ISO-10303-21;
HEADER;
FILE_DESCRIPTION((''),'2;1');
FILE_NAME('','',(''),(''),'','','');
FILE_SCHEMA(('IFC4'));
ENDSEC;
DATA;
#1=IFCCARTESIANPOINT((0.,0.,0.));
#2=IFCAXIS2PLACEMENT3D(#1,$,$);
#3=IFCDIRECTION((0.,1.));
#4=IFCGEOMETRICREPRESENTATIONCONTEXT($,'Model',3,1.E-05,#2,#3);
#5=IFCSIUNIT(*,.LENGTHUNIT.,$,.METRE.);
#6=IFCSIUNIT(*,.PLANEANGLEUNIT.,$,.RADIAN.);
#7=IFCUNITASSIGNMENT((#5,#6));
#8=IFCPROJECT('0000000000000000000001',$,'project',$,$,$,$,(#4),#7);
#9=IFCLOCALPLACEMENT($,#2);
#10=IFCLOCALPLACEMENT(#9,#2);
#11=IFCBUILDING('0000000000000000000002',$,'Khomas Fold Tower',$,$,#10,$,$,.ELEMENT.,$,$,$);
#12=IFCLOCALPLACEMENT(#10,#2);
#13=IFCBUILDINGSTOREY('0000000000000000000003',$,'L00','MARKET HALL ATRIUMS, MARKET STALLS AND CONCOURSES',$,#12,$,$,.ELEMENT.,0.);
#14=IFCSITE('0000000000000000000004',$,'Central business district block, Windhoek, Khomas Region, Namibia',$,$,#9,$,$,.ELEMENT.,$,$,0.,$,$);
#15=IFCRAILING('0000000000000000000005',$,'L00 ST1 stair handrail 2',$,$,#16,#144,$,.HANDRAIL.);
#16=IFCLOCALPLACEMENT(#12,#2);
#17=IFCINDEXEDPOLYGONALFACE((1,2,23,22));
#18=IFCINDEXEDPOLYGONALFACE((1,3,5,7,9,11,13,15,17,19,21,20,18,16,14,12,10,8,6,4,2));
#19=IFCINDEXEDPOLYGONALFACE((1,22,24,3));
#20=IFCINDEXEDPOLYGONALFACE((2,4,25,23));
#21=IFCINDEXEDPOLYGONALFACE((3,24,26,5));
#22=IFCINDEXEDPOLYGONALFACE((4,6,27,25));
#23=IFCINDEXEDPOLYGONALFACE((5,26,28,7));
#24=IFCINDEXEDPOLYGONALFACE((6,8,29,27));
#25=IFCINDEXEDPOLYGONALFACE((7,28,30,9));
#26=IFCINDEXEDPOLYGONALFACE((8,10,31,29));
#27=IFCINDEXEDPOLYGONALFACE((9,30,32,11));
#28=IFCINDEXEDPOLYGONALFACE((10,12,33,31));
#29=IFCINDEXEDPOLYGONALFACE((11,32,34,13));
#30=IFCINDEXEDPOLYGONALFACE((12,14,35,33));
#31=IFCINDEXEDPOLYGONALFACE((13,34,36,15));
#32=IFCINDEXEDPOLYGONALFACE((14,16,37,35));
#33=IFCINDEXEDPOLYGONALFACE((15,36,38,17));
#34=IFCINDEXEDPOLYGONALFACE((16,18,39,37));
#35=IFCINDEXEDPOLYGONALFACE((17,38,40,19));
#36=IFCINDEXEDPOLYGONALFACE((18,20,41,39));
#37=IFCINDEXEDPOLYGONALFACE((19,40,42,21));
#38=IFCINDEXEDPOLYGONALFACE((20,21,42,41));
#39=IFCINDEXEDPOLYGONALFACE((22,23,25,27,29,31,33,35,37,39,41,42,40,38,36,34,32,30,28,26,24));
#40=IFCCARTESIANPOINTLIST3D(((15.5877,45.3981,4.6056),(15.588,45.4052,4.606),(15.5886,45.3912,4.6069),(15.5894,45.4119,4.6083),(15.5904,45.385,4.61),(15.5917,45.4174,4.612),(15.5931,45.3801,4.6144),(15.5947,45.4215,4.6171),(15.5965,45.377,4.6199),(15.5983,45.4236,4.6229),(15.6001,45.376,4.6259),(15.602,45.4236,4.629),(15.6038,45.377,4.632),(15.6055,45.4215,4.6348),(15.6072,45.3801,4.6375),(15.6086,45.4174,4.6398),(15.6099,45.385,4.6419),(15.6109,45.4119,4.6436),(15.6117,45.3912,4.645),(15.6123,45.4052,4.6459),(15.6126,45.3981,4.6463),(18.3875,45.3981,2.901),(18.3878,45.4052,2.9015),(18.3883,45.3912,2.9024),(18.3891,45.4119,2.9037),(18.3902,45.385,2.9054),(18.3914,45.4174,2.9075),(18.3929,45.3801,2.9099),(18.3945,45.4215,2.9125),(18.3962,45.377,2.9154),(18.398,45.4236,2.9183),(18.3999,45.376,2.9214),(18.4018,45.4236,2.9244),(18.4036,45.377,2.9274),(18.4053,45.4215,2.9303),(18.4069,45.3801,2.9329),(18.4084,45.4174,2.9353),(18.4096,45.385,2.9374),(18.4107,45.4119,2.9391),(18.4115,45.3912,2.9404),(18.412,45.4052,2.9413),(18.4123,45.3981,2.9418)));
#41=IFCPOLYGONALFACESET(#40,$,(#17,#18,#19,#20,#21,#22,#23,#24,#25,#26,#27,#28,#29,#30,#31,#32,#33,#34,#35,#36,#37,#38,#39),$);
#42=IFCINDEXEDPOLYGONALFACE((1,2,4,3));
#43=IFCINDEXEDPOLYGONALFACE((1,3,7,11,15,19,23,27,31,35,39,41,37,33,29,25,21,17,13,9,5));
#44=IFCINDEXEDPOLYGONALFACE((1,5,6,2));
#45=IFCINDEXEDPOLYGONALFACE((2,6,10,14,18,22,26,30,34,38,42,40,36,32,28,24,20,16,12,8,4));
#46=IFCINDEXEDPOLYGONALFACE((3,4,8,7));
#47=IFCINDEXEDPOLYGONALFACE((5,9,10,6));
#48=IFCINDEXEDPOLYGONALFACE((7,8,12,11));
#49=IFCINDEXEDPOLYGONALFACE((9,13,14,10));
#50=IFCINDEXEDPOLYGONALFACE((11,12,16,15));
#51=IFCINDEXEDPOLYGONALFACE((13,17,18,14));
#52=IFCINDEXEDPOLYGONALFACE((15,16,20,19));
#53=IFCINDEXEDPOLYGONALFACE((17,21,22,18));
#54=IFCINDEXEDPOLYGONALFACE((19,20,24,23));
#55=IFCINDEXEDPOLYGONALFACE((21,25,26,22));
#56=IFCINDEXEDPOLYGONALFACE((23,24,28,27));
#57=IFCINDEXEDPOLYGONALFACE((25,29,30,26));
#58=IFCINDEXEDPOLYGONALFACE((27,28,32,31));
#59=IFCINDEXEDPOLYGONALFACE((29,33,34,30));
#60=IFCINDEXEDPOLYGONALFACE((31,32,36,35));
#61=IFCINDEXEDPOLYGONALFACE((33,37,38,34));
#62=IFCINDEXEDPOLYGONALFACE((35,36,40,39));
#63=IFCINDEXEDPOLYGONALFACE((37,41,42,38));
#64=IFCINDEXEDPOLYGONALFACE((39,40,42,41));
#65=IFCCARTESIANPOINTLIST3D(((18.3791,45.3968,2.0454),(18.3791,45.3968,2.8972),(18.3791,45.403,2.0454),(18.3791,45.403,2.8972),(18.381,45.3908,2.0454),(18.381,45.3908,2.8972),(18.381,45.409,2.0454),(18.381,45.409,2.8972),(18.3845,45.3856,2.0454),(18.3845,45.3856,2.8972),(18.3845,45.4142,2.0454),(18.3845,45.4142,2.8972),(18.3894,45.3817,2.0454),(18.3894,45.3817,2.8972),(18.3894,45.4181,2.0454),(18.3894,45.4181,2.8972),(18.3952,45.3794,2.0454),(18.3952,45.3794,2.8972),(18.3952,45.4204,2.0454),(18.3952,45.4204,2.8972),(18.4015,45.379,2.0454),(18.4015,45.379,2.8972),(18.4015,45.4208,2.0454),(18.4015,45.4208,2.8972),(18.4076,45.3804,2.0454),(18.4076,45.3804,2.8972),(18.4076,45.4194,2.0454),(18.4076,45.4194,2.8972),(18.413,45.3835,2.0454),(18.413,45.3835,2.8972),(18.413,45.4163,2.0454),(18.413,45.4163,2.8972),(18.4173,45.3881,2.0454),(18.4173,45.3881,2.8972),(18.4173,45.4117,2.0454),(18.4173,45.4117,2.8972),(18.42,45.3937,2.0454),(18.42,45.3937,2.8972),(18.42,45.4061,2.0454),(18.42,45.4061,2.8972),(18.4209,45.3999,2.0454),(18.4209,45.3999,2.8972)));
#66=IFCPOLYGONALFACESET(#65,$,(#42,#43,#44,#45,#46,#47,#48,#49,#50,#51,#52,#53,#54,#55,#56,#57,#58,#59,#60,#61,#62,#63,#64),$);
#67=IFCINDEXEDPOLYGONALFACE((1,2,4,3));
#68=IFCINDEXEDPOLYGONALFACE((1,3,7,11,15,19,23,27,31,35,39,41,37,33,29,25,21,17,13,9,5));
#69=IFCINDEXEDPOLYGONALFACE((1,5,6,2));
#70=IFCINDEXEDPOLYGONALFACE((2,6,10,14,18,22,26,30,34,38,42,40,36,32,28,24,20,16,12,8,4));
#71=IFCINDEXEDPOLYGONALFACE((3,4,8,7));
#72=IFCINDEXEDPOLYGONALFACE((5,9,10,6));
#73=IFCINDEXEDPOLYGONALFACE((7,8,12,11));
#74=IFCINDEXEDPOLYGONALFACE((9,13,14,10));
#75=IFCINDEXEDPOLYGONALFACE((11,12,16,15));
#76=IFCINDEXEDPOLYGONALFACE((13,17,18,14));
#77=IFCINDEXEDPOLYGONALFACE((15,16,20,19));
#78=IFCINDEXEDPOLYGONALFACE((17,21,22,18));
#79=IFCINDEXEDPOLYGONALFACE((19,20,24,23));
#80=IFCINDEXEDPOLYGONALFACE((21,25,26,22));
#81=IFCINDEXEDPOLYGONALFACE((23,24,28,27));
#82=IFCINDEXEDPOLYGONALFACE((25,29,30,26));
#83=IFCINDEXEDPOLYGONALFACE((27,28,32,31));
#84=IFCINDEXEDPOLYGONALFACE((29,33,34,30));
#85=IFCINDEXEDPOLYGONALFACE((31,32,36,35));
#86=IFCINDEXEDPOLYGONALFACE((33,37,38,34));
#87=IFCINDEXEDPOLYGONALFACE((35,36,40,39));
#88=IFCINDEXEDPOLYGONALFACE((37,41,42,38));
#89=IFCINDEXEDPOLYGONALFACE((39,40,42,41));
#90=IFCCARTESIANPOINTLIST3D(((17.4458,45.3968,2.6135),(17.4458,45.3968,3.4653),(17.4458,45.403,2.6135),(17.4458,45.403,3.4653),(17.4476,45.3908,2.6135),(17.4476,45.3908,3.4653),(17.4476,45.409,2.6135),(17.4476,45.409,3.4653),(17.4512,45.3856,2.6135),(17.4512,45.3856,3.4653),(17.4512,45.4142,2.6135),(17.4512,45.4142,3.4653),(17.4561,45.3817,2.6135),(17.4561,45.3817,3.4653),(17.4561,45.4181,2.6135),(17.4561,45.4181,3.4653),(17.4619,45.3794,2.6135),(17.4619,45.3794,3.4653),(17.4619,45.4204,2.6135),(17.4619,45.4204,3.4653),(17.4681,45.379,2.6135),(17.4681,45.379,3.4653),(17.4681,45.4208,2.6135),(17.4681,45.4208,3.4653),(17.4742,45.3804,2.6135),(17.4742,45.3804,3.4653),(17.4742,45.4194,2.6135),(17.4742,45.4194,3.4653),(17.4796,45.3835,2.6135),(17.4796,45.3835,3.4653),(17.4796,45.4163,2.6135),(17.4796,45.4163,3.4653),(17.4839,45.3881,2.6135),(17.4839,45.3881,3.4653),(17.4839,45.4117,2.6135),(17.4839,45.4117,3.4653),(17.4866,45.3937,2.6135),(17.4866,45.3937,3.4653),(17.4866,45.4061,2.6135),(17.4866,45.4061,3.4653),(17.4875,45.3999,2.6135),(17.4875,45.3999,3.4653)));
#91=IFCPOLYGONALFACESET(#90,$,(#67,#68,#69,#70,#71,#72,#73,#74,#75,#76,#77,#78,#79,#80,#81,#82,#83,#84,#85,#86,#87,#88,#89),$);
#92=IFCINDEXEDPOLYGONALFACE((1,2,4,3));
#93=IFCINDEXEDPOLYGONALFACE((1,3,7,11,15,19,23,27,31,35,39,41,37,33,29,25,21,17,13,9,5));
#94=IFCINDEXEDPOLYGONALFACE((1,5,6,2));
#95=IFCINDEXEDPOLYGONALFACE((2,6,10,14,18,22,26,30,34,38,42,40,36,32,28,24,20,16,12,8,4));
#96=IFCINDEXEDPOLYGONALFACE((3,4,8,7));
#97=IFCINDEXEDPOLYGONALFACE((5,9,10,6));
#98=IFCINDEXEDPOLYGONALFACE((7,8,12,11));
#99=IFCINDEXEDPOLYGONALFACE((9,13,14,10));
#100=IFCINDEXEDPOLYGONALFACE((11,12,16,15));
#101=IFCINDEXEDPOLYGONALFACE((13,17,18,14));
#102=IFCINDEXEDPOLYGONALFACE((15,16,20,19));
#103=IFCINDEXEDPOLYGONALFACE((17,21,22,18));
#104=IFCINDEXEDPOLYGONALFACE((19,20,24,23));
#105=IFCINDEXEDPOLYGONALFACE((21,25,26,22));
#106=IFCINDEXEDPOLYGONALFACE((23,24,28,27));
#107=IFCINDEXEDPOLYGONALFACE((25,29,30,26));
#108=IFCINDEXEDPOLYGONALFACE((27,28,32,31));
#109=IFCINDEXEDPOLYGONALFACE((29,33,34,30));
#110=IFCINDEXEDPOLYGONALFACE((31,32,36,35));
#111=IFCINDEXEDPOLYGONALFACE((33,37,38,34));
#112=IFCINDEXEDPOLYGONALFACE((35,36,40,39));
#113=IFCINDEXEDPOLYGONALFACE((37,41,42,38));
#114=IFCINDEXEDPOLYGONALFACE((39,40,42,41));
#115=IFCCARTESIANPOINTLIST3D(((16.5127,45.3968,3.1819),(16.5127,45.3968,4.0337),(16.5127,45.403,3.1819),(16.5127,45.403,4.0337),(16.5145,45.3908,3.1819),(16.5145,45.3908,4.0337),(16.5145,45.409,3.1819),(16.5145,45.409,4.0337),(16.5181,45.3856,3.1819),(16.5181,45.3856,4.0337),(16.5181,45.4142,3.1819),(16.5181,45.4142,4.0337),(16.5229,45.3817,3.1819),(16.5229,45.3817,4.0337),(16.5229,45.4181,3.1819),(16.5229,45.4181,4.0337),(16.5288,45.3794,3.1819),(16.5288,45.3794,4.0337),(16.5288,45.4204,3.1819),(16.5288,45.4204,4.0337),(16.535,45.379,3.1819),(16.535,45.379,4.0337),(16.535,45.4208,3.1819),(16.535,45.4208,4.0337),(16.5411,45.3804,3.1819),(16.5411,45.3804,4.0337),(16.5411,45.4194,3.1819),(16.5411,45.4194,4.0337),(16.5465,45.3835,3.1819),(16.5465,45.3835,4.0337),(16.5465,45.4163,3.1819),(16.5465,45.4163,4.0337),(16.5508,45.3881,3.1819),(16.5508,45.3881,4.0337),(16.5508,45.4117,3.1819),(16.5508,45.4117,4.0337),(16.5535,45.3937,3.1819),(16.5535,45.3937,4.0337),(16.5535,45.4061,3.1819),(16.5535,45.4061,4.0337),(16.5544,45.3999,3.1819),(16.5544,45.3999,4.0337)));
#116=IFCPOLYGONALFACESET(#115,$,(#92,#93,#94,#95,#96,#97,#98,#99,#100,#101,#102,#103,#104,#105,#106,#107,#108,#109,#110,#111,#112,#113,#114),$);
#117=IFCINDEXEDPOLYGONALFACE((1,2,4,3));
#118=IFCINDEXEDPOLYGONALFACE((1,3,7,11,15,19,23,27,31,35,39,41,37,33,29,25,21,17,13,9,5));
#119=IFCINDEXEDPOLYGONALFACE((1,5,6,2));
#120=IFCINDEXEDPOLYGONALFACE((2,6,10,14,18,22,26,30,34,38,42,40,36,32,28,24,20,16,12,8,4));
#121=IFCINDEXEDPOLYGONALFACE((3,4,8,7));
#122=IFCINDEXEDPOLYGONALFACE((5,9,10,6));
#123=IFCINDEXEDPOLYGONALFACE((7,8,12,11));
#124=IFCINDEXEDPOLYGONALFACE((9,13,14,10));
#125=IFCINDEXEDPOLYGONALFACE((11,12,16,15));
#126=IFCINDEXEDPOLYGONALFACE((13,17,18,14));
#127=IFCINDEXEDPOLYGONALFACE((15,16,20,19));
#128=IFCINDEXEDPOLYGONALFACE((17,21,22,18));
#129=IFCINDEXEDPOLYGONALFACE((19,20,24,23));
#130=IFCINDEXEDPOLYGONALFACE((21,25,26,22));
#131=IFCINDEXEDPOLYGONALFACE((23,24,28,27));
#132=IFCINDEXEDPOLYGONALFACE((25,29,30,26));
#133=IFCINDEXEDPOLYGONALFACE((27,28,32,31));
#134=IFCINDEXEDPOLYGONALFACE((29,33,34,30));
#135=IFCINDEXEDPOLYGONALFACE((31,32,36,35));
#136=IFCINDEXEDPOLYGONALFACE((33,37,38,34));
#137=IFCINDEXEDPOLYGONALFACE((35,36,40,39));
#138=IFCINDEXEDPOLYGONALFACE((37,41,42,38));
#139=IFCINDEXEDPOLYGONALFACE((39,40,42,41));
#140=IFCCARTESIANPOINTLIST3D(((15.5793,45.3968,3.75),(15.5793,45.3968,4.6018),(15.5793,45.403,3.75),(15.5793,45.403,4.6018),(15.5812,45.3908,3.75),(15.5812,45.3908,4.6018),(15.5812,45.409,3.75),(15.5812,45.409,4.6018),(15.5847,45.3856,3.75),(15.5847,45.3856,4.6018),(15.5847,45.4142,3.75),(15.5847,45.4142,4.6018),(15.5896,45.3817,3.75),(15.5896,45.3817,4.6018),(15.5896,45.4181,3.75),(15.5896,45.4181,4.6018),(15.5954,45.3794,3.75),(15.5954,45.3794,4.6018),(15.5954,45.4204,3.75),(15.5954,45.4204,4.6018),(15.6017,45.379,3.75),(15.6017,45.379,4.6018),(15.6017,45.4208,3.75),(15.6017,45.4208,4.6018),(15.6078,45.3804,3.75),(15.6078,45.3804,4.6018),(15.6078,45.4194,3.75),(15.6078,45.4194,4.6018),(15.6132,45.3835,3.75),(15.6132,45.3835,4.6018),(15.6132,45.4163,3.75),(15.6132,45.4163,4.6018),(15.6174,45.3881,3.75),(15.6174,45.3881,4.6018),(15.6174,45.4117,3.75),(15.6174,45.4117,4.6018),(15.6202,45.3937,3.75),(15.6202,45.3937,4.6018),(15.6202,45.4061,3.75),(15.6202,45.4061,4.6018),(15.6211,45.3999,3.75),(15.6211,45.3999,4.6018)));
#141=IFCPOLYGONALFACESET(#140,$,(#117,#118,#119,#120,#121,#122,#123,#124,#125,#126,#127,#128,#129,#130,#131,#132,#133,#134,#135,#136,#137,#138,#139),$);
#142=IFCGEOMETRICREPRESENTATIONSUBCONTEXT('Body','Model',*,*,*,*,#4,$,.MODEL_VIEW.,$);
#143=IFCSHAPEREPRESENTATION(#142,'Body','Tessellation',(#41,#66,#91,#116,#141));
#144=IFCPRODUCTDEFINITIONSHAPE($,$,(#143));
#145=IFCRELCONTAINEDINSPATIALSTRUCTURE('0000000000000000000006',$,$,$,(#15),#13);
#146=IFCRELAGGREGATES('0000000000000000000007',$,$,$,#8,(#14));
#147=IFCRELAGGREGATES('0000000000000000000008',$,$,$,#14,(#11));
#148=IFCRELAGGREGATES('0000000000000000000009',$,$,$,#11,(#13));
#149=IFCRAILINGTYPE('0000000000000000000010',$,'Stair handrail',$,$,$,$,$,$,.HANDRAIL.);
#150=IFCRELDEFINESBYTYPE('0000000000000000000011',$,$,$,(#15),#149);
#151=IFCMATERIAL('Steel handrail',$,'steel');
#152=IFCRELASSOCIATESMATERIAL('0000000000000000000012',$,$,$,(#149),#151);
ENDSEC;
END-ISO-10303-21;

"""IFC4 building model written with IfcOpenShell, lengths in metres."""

from ifc_helpers import new_model, si_unit, direction, frame, origin, origin_2d, place, context, subcontext, project, spatial, circle, extrude, source, transform, mapped, material, type_object, element, save


model = new_model("IFC4")

# Units and contexts
model_context = context("Model", 3, precision=1e-05, world=origin(), true_north=direction((0.0, 1.0)))
body_context = subcontext(model_context, "Body", "Model", "MODEL_VIEW")
ifc_project = project(units=[si_unit("LENGTHUNIT", "METRE"), si_unit("PLANEANGLEUNIT", "RADIAN")], contexts=[model_context])

# Site, building, storey
site_placement = place(None, origin())
site = spatial("IfcSite", under=ifc_project, at=site_placement, Name="Central business district block, Windhoek, Khomas Region, Namibia", CompositionType="ELEMENT", RefElevation=0.0)
building_placement = place(site_placement, origin())
building = spatial("IfcBuilding", under=site, at=building_placement, Name="Khomas Fold Tower", CompositionType="ELEMENT")
storey_placement = place(building_placement, origin())
storey = spatial("IfcBuildingStorey", under=building, at=storey_placement, Name="L00", Description="MARKET HALL ATRIUMS, MARKET STALLS AND CONCOURSES", CompositionType="ELEMENT", Elevation=0.0)

# Railing
ifc_material_1 = material(Name="Steel handrail", Category="steel")
railing_type = type_object("IfcRailingType", Name="Stair handrail", PredefinedType="HANDRAIL", material=ifc_material_1)
shared_shape_1 = source(origin(), body_context, "Body", "SweptSolid", [
    extrude(circle(Radius=0.0239, at=origin_2d()), frame((0.0, 0.0, 0.876), z_axis=(-0.85415, 0.0, 0.520027), x_axis=(0.0, -1.0, 0.0)), (0.0, 0.0, 1.0), 3.2778),
    extrude(circle(Radius=0.021, at=origin_2d()), origin(), (0.0, 0.0, 1.0), 0.8518),
    extrude(circle(Radius=0.021, at=origin_2d()), frame((-0.9333, 0.0, 0.5681)), (0.0, 0.0, 1.0), 0.8518),
    extrude(circle(Radius=0.021, at=origin_2d()), frame((-1.8665, 0.0, 1.1365)), (0.0, 0.0, 1.0), 0.8518),
    extrude(circle(Radius=0.021, at=origin_2d()), frame((-2.7998, 0.0, 1.7046)), (0.0, 0.0, 1.0), 0.8518),
])
for number, where, name in (
    (1, (18.3999, 45.3999, 2.0454), "L00 ST1 stair handrail 2"),
):
    element("IfcRailing", number, at=place(storey_placement, frame(where)), inside=storey, type_object=railing_type, Name=name, PredefinedType="HANDRAIL", context=body_context, shape_type="MappedRepresentation", body=[
        mapped(shared_shape_1, transform((0.0, 0.0, 0.0))),
    ])

save(model, "model.ifc")
